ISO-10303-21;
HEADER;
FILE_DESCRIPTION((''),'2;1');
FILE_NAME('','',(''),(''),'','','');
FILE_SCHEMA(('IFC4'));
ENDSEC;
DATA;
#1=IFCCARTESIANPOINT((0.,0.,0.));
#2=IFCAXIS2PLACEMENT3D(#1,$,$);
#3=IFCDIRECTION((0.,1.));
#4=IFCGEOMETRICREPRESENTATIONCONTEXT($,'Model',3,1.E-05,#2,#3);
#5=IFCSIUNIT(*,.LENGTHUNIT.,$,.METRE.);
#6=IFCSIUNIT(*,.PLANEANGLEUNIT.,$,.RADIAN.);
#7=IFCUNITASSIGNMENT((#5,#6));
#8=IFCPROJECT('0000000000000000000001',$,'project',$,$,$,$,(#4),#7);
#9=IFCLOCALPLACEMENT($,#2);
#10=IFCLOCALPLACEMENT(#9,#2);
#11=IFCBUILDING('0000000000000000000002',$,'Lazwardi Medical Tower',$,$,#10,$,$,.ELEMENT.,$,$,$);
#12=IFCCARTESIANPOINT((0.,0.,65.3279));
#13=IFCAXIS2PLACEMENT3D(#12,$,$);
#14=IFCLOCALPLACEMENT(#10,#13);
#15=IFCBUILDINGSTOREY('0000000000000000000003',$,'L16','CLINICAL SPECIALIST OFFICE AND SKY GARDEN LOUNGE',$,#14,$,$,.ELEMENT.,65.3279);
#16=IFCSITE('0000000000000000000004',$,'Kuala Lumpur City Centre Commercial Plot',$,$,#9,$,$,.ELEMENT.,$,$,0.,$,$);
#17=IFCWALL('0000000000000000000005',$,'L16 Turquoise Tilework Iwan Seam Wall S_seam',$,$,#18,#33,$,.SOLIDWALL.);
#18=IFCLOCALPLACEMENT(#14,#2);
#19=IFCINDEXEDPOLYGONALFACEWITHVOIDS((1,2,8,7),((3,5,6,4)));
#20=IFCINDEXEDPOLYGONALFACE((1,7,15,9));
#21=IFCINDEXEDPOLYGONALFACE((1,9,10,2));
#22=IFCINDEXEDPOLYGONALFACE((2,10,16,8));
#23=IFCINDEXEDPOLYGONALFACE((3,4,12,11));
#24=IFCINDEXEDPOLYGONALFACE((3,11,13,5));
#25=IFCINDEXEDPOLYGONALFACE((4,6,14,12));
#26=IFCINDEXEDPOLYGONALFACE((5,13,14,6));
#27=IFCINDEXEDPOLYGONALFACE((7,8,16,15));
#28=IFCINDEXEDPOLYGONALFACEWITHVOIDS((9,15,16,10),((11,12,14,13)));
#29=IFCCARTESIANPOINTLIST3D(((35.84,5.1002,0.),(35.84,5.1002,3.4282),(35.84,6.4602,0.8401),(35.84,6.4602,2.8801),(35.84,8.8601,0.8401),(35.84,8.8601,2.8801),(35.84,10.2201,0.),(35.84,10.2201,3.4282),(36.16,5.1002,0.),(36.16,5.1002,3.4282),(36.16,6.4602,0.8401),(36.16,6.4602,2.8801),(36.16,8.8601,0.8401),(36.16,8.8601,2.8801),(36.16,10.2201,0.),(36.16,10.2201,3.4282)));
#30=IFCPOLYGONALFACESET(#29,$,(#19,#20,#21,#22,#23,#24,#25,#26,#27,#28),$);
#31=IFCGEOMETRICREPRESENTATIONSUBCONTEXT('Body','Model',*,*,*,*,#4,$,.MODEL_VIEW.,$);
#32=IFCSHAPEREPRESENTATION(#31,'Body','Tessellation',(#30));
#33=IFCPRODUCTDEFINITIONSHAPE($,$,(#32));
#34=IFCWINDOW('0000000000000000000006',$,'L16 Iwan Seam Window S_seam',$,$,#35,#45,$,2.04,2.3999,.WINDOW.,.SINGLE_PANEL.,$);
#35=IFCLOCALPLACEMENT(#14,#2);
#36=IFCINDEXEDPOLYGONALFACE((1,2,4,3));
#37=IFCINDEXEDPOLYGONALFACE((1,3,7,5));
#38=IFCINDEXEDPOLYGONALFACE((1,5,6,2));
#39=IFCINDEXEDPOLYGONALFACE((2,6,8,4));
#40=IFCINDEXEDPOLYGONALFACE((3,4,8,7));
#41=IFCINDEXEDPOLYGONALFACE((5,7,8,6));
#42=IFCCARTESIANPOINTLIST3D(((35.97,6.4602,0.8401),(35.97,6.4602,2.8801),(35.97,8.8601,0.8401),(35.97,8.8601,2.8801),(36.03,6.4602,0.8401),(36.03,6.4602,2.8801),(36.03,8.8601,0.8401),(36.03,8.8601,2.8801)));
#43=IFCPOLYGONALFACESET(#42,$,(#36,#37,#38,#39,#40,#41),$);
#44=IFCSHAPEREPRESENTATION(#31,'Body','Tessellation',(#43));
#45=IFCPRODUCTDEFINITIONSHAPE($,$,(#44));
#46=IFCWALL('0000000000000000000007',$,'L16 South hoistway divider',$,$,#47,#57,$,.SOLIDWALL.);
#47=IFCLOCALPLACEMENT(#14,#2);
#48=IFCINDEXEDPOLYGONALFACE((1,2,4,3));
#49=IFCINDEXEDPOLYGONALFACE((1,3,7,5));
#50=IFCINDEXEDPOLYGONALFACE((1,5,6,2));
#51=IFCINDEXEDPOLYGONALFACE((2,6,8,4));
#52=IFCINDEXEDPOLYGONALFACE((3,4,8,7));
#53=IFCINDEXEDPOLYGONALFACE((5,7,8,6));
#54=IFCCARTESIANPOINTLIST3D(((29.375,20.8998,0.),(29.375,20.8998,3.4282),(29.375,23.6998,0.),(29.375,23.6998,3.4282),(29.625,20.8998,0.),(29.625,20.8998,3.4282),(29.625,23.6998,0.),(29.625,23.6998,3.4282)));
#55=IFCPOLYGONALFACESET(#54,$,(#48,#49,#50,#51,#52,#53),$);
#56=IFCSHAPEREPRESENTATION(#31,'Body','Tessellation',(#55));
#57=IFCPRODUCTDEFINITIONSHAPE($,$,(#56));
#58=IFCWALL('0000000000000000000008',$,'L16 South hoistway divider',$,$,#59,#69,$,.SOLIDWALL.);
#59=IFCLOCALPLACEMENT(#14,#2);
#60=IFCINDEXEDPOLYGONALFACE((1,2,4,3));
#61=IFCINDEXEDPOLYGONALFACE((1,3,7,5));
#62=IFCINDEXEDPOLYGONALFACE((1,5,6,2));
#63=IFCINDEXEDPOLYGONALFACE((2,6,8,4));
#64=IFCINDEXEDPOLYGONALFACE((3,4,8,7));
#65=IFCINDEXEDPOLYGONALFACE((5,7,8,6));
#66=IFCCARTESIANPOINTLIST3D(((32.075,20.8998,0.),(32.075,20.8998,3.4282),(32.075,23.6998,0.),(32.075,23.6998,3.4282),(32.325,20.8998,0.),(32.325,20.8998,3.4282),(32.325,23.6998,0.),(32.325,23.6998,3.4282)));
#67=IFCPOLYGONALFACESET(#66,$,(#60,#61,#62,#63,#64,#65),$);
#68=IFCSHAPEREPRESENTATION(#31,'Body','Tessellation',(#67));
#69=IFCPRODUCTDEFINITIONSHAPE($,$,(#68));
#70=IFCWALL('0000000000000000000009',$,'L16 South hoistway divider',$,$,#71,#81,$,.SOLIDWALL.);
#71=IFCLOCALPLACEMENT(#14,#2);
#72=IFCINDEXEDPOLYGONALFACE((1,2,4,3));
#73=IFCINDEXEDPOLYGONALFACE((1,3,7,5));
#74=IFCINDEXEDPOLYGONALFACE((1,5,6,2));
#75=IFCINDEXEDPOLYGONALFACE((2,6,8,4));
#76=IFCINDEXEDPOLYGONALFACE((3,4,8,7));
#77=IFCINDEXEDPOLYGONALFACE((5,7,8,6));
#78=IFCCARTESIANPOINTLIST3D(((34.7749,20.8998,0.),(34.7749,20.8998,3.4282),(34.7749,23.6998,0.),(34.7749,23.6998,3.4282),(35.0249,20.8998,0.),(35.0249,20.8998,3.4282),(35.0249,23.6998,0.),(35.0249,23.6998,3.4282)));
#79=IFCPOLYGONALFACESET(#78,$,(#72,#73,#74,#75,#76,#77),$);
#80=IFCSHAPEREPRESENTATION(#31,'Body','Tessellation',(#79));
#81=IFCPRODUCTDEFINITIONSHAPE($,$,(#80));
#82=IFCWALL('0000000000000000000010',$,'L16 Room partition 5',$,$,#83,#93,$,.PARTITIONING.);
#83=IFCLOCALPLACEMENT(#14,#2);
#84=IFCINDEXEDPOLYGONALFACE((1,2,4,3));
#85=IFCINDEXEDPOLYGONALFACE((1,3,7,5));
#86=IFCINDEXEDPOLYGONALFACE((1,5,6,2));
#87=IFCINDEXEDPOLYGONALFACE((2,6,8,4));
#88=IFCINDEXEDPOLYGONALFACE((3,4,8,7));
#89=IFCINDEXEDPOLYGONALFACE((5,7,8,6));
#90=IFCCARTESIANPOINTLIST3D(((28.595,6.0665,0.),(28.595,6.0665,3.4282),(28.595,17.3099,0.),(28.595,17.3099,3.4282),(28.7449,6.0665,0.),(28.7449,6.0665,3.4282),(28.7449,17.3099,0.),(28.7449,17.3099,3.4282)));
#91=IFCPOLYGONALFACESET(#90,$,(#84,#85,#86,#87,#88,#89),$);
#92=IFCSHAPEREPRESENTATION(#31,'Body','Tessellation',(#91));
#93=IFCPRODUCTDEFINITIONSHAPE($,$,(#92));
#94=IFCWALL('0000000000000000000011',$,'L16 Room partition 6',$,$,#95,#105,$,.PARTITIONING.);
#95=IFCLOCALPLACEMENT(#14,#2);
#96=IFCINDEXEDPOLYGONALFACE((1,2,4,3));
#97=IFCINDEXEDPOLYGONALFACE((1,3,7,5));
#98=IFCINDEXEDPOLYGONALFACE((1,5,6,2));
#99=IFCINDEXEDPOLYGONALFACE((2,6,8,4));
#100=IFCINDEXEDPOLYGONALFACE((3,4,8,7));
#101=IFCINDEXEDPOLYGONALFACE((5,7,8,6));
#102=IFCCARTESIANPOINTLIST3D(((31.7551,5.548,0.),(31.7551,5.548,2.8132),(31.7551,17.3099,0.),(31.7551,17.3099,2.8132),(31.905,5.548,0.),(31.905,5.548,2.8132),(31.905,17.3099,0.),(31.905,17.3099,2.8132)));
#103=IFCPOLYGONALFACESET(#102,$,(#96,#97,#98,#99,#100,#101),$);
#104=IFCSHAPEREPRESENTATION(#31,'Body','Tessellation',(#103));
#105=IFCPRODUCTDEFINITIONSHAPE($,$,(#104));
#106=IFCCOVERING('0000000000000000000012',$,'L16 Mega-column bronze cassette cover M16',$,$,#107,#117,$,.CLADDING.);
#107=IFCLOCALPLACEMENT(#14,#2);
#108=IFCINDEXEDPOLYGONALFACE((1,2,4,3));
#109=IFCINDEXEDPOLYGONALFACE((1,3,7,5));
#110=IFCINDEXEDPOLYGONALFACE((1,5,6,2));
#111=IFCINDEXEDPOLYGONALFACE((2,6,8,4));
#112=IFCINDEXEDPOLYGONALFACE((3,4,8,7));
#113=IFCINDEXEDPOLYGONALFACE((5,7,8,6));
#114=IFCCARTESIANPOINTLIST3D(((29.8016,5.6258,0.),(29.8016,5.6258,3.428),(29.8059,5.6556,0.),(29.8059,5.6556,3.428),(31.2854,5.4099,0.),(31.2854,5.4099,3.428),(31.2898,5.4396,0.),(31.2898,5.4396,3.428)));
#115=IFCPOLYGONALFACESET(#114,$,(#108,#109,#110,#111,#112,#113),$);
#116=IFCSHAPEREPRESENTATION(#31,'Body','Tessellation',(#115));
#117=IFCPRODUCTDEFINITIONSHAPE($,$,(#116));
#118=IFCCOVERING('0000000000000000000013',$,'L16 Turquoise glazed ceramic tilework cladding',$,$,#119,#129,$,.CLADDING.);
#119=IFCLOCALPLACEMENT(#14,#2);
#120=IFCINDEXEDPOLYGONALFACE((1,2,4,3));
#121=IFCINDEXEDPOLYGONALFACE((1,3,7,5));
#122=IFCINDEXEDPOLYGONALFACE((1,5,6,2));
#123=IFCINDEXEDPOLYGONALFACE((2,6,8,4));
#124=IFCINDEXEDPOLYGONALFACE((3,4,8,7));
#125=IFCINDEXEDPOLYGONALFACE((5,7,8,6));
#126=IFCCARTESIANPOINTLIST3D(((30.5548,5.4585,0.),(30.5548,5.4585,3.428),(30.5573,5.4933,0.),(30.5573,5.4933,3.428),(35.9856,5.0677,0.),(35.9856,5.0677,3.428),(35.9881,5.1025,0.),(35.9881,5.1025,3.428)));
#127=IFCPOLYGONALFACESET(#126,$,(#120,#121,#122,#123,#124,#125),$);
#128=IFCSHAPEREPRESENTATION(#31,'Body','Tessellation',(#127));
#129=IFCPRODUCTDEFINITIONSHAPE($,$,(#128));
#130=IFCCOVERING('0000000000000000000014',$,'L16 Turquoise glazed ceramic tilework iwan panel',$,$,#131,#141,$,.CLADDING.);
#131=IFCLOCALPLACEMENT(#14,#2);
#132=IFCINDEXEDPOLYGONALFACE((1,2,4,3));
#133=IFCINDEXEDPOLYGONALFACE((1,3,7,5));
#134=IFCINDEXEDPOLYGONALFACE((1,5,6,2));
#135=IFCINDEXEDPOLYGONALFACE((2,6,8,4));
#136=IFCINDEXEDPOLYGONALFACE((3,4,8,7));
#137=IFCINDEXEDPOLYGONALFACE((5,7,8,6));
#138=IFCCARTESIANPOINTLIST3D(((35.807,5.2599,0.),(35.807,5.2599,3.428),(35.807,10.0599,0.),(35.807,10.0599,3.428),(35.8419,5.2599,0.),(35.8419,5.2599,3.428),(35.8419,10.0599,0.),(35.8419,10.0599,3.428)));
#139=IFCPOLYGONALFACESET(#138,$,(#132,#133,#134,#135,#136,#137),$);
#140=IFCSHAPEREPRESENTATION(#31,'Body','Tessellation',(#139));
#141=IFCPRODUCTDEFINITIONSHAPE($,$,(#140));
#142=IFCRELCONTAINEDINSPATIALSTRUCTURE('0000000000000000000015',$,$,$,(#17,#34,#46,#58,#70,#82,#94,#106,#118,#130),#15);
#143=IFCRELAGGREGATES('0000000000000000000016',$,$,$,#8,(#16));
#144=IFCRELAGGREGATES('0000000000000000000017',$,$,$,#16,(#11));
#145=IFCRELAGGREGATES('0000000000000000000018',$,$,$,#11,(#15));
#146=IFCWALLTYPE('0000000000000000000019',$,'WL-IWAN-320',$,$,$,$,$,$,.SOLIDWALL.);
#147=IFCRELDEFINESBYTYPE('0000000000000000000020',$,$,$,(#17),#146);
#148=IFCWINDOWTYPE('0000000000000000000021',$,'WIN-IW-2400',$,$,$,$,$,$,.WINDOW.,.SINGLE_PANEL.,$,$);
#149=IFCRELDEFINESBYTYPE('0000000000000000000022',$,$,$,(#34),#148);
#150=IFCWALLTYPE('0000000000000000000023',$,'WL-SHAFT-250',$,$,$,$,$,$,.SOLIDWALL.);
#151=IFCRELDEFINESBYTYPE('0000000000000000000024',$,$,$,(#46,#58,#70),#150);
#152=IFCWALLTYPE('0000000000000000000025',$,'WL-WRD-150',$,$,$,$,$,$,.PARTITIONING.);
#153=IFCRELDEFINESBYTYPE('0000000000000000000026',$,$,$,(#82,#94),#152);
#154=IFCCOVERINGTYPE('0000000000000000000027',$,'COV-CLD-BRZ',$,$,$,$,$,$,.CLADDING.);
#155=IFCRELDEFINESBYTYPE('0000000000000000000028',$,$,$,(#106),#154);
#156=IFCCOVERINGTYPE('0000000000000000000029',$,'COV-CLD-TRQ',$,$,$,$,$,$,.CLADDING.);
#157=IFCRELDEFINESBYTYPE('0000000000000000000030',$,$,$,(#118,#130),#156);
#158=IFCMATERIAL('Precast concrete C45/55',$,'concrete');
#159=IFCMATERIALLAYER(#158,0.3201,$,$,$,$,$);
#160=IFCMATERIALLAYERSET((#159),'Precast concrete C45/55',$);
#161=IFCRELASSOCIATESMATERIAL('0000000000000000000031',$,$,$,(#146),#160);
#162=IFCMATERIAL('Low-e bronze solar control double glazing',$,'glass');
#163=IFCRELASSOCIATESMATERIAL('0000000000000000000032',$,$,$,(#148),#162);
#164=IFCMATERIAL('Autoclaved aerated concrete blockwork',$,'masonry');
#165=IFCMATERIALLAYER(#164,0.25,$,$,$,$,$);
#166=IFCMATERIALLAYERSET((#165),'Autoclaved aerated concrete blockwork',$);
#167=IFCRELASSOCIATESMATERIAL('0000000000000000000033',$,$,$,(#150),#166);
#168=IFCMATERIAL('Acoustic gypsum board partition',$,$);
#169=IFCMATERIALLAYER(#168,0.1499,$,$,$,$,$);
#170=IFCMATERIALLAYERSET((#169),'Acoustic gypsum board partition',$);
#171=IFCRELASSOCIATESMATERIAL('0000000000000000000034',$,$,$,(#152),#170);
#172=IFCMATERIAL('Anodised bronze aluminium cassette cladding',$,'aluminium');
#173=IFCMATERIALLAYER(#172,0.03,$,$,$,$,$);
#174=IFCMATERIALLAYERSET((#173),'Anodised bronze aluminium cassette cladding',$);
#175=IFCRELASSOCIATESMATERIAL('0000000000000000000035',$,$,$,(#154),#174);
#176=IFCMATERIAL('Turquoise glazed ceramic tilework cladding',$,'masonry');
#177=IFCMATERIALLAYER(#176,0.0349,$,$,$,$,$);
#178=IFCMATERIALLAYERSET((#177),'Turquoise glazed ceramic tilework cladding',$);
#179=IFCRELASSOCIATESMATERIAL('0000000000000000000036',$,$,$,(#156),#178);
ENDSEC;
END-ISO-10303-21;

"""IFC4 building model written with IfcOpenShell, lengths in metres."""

from ifc_helpers import new_model, si_unit, direction, frame, frame_2d, origin, origin_2d, place, context, subcontext, project, spatial, rectangle, extrude, material, layer, layer_set, type_object, element, fill, save


model = new_model("IFC4")

# Units and contexts
model_context = context("Model", 3, precision=1e-05, world=origin(), true_north=direction((0.0, 1.0)))
body_context = subcontext(model_context, "Body", "Model", "MODEL_VIEW")
ifc_project = project(units=[si_unit("LENGTHUNIT", "METRE"), si_unit("PLANEANGLEUNIT", "RADIAN")], contexts=[model_context])

# Site, building, storey
site_placement = place(None, origin())
site = spatial("IfcSite", under=ifc_project, at=site_placement, Name="Kuala Lumpur City Centre Commercial Plot", CompositionType="ELEMENT", RefElevation=0.0)
building_placement = place(site_placement, origin())
building = spatial("IfcBuilding", under=site, at=building_placement, Name="Lazwardi Medical Tower", CompositionType="ELEMENT")
storey_placement = place(building_placement, frame((0.0, 0.0, 65.3279)))
storey = spatial("IfcBuildingStorey", under=building, at=storey_placement, Name="L16", Description="CLINICAL SPECIALIST OFFICE AND SKY GARDEN LOUNGE", CompositionType="ELEMENT", Elevation=65.3279)

# Shared definitions
ifc_material_1 = material(Name="Low-e bronze solar control double glazing", Category="glass")

# Wall, opening, window
ifc_material_2 = material(Name="Precast concrete C45/55", Category="concrete")
ifc_layer_1 = layer(ifc_material_2, 0.3201)
ifc_layer_set_1 = layer_set([ifc_layer_1], Name="Precast concrete C45/55")
wall_type_1 = type_object("IfcWallType", Name="WL-IWAN-320", PredefinedType="SOLIDWALL", material=ifc_layer_set_1)
wall_1_placement = place(storey_placement, frame((36.0, 5.1001, 0.0), z_axis=(0.0, 0.0, 1.0), x_axis=(0.0, 1.0, 0.0)))
wall_1 = element("IfcWall", 1, at=wall_1_placement, inside=storey, type_object=wall_type_1, Name="L16 Turquoise Tilework Iwan Seam Wall S_seam", PredefinedType="SOLIDWALL", context=body_context, shape_type="SweptSolid", body=[
    extrude(rectangle(XDim=5.1199, YDim=0.3201, at=frame_2d((2.5601, 0.0))), origin(), (0.0, 0.0, 1.0), 3.4282),
])
opening_1_placement = place(wall_1_placement, frame((1.3601, 0.0, 0.8401)))
opening_1 = element("IfcOpeningElement", 2, at=opening_1_placement, cuts=wall_1, PredefinedType="OPENING", context=body_context, shape_type="SweptSolid", body=[
    extrude(rectangle(XDim=2.3999, YDim=2.04, at=frame_2d((1.2, 1.02))), frame((0.0, 0.1699, 0.0), z_axis=(0.0, -1.0, 0.0), x_axis=(1.0, 0.0, 0.0)), (0.0, 0.0, 1.0), 0.3401),
])
window_type_1 = type_object("IfcWindowType", Name="WIN-IW-2400", PartitioningType="SINGLE_PANEL", PredefinedType="WINDOW", material=ifc_material_1)
window_1_placement = place(opening_1_placement, origin())
window_1 = element("IfcWindow", 3, at=window_1_placement, inside=storey, type_object=window_type_1, Name="L16 Iwan Seam Window S_seam", OverallHeight=2.04, OverallWidth=2.3999, PartitioningType="SINGLE_PANEL", PredefinedType="WINDOW", context=body_context, shape_type="SweptSolid", body=[
    extrude(rectangle(XDim=2.3999, YDim=2.04, at=frame_2d((1.2, 1.02))), frame((0.0, 0.03, 0.0), z_axis=(0.0, -1.0, 0.0), x_axis=(1.0, 0.0, 0.0)), (0.0, 0.0, 1.0), 0.0601),
])
fill(opening_1, window_1)

# Walls
ifc_material_3 = material(Name="Autoclaved aerated concrete blockwork", Category="masonry")
ifc_layer_2 = layer(ifc_material_3, 0.25)
ifc_layer_set_2 = layer_set([ifc_layer_2], Name="Autoclaved aerated concrete blockwork")
wall_type_2 = type_object("IfcWallType", Name="WL-SHAFT-250", PredefinedType="SOLIDWALL", material=ifc_layer_set_2)
for number, where, z_axis, x_axis, name in (
    (4, (29.5, 20.8999, 0.0), (0.0, 0.0, 1.0), (0.0, 1.0, 0.0), "L16 South hoistway divider"),
    (5, (32.2, 20.8999, 0.0), (0.0, 0.0, 1.0), (0.0, 1.0, 0.0), "L16 South hoistway divider"),
    (6, (34.8999, 20.8999, 0.0), (0.0, 0.0, 1.0), (0.0, 1.0, 0.0), "L16 South hoistway divider"),
):
    element("IfcWall", number, at=place(storey_placement, frame(where, z_axis=z_axis, x_axis=x_axis)), inside=storey, type_object=wall_type_2, Name=name, PredefinedType="SOLIDWALL", context=body_context, shape_type="SweptSolid", body=[
        extrude(rectangle(XDim=2.8, YDim=0.25, at=frame_2d((1.3999, 0.0))), origin(), (0.0, 0.0, 1.0), 3.4282),
    ])
ifc_material_4 = material(Name="Acoustic gypsum board partition")
ifc_layer_3 = layer(ifc_material_4, 0.1499)
ifc_layer_set_3 = layer_set([ifc_layer_3], Name="Acoustic gypsum board partition")
wall_type_3 = type_object("IfcWallType", Name="WL-WRD-150", PredefinedType="PARTITIONING", material=ifc_layer_set_3)
wall_2_placement = place(storey_placement, frame((28.6699, 6.0667, 0.0), z_axis=(0.0, 0.0, 1.0), x_axis=(0.0, 1.0, 0.0)))
element("IfcWall", 7, at=wall_2_placement, inside=storey, type_object=wall_type_3, Name="L16 Room partition 5", PredefinedType="PARTITIONING", context=body_context, shape_type="SweptSolid", body=[
    extrude(rectangle(XDim=11.2434, YDim=0.1499, at=frame_2d((5.6216, 0.0))), origin(), (0.0, 0.0, 1.0), 3.4282),
])
wall_3_placement = place(storey_placement, frame((31.8301, 5.5481, 0.0), z_axis=(0.0, 0.0, 1.0), x_axis=(0.0, 1.0, 0.0)))
element("IfcWall", 8, at=wall_3_placement, inside=storey, type_object=wall_type_3, Name="L16 Room partition 6", PredefinedType="PARTITIONING", context=body_context, shape_type="SweptSolid", body=[
    extrude(rectangle(XDim=11.762, YDim=0.1499, at=frame_2d((5.8809, 0.0))), origin(), (0.0, 0.0, 1.0), 2.8132),
])

# Coverings
ifc_material_5 = material(Name="Anodised bronze aluminium cassette cladding", Category="aluminium")
ifc_layer_4 = layer(ifc_material_5, 0.03)
ifc_layer_set_4 = layer_set([ifc_layer_4], Name="Anodised bronze aluminium cassette cladding")
covering_type_1 = type_object("IfcCoveringType", Name="COV-CLD-BRZ", PredefinedType="CLADDING", material=ifc_layer_set_4)
covering_1_placement = place(storey_placement, frame((30.5457, 5.5327, 0.0), z_axis=(0.0, 0.0, 1.0), x_axis=(0.989573, -0.144035, 0.0)))
element("IfcCovering", 9, at=covering_1_placement, inside=storey, type_object=covering_type_1, Name="L16 Mega-column bronze cassette cover M16", PredefinedType="CLADDING", context=body_context, shape_type="SweptSolid", body=[
    extrude(rectangle(XDim=1.4995, YDim=0.03, at=origin_2d()), origin(), (0.0, 0.0, 1.0), 3.428),
])
ifc_material_6 = material(Name="Turquoise glazed ceramic tilework cladding", Category="masonry")
ifc_layer_5 = layer(ifc_material_6, 0.0349)
ifc_layer_set_5 = layer_set([ifc_layer_5], Name="Turquoise glazed ceramic tilework cladding")
covering_type_2 = type_object("IfcCoveringType", Name="COV-CLD-TRQ", PredefinedType="CLADDING", material=ifc_layer_set_5)
covering_2_placement = place(storey_placement, frame((33.2715, 5.2805, 0.0), z_axis=(0.0, 0.0, 1.0), x_axis=(0.997421, -0.071774, 0.0)))
element("IfcCovering", 10, at=covering_2_placement, inside=storey, type_object=covering_type_2, Name="L16 Turquoise glazed ceramic tilework cladding", PredefinedType="CLADDING", context=body_context, shape_type="SweptSolid", body=[
    extrude(rectangle(XDim=5.4448, YDim=0.0349, at=origin_2d()), origin(), (0.0, 0.0, 1.0), 3.428),
])
covering_3_placement = place(storey_placement, frame((35.8245, 7.6599, 0.0), z_axis=(0.0, 0.0, 1.0), x_axis=(0.0, 1.0, 0.0)))
element("IfcCovering", 11, at=covering_3_placement, inside=storey, type_object=covering_type_2, Name="L16 Turquoise glazed ceramic tilework iwan panel", PredefinedType="CLADDING", context=body_context, shape_type="SweptSolid", body=[
    extrude(rectangle(XDim=4.8, YDim=0.0349, at=origin_2d()), origin(), (0.0, 0.0, 1.0), 3.428),
])

save(model, "model.ifc")
